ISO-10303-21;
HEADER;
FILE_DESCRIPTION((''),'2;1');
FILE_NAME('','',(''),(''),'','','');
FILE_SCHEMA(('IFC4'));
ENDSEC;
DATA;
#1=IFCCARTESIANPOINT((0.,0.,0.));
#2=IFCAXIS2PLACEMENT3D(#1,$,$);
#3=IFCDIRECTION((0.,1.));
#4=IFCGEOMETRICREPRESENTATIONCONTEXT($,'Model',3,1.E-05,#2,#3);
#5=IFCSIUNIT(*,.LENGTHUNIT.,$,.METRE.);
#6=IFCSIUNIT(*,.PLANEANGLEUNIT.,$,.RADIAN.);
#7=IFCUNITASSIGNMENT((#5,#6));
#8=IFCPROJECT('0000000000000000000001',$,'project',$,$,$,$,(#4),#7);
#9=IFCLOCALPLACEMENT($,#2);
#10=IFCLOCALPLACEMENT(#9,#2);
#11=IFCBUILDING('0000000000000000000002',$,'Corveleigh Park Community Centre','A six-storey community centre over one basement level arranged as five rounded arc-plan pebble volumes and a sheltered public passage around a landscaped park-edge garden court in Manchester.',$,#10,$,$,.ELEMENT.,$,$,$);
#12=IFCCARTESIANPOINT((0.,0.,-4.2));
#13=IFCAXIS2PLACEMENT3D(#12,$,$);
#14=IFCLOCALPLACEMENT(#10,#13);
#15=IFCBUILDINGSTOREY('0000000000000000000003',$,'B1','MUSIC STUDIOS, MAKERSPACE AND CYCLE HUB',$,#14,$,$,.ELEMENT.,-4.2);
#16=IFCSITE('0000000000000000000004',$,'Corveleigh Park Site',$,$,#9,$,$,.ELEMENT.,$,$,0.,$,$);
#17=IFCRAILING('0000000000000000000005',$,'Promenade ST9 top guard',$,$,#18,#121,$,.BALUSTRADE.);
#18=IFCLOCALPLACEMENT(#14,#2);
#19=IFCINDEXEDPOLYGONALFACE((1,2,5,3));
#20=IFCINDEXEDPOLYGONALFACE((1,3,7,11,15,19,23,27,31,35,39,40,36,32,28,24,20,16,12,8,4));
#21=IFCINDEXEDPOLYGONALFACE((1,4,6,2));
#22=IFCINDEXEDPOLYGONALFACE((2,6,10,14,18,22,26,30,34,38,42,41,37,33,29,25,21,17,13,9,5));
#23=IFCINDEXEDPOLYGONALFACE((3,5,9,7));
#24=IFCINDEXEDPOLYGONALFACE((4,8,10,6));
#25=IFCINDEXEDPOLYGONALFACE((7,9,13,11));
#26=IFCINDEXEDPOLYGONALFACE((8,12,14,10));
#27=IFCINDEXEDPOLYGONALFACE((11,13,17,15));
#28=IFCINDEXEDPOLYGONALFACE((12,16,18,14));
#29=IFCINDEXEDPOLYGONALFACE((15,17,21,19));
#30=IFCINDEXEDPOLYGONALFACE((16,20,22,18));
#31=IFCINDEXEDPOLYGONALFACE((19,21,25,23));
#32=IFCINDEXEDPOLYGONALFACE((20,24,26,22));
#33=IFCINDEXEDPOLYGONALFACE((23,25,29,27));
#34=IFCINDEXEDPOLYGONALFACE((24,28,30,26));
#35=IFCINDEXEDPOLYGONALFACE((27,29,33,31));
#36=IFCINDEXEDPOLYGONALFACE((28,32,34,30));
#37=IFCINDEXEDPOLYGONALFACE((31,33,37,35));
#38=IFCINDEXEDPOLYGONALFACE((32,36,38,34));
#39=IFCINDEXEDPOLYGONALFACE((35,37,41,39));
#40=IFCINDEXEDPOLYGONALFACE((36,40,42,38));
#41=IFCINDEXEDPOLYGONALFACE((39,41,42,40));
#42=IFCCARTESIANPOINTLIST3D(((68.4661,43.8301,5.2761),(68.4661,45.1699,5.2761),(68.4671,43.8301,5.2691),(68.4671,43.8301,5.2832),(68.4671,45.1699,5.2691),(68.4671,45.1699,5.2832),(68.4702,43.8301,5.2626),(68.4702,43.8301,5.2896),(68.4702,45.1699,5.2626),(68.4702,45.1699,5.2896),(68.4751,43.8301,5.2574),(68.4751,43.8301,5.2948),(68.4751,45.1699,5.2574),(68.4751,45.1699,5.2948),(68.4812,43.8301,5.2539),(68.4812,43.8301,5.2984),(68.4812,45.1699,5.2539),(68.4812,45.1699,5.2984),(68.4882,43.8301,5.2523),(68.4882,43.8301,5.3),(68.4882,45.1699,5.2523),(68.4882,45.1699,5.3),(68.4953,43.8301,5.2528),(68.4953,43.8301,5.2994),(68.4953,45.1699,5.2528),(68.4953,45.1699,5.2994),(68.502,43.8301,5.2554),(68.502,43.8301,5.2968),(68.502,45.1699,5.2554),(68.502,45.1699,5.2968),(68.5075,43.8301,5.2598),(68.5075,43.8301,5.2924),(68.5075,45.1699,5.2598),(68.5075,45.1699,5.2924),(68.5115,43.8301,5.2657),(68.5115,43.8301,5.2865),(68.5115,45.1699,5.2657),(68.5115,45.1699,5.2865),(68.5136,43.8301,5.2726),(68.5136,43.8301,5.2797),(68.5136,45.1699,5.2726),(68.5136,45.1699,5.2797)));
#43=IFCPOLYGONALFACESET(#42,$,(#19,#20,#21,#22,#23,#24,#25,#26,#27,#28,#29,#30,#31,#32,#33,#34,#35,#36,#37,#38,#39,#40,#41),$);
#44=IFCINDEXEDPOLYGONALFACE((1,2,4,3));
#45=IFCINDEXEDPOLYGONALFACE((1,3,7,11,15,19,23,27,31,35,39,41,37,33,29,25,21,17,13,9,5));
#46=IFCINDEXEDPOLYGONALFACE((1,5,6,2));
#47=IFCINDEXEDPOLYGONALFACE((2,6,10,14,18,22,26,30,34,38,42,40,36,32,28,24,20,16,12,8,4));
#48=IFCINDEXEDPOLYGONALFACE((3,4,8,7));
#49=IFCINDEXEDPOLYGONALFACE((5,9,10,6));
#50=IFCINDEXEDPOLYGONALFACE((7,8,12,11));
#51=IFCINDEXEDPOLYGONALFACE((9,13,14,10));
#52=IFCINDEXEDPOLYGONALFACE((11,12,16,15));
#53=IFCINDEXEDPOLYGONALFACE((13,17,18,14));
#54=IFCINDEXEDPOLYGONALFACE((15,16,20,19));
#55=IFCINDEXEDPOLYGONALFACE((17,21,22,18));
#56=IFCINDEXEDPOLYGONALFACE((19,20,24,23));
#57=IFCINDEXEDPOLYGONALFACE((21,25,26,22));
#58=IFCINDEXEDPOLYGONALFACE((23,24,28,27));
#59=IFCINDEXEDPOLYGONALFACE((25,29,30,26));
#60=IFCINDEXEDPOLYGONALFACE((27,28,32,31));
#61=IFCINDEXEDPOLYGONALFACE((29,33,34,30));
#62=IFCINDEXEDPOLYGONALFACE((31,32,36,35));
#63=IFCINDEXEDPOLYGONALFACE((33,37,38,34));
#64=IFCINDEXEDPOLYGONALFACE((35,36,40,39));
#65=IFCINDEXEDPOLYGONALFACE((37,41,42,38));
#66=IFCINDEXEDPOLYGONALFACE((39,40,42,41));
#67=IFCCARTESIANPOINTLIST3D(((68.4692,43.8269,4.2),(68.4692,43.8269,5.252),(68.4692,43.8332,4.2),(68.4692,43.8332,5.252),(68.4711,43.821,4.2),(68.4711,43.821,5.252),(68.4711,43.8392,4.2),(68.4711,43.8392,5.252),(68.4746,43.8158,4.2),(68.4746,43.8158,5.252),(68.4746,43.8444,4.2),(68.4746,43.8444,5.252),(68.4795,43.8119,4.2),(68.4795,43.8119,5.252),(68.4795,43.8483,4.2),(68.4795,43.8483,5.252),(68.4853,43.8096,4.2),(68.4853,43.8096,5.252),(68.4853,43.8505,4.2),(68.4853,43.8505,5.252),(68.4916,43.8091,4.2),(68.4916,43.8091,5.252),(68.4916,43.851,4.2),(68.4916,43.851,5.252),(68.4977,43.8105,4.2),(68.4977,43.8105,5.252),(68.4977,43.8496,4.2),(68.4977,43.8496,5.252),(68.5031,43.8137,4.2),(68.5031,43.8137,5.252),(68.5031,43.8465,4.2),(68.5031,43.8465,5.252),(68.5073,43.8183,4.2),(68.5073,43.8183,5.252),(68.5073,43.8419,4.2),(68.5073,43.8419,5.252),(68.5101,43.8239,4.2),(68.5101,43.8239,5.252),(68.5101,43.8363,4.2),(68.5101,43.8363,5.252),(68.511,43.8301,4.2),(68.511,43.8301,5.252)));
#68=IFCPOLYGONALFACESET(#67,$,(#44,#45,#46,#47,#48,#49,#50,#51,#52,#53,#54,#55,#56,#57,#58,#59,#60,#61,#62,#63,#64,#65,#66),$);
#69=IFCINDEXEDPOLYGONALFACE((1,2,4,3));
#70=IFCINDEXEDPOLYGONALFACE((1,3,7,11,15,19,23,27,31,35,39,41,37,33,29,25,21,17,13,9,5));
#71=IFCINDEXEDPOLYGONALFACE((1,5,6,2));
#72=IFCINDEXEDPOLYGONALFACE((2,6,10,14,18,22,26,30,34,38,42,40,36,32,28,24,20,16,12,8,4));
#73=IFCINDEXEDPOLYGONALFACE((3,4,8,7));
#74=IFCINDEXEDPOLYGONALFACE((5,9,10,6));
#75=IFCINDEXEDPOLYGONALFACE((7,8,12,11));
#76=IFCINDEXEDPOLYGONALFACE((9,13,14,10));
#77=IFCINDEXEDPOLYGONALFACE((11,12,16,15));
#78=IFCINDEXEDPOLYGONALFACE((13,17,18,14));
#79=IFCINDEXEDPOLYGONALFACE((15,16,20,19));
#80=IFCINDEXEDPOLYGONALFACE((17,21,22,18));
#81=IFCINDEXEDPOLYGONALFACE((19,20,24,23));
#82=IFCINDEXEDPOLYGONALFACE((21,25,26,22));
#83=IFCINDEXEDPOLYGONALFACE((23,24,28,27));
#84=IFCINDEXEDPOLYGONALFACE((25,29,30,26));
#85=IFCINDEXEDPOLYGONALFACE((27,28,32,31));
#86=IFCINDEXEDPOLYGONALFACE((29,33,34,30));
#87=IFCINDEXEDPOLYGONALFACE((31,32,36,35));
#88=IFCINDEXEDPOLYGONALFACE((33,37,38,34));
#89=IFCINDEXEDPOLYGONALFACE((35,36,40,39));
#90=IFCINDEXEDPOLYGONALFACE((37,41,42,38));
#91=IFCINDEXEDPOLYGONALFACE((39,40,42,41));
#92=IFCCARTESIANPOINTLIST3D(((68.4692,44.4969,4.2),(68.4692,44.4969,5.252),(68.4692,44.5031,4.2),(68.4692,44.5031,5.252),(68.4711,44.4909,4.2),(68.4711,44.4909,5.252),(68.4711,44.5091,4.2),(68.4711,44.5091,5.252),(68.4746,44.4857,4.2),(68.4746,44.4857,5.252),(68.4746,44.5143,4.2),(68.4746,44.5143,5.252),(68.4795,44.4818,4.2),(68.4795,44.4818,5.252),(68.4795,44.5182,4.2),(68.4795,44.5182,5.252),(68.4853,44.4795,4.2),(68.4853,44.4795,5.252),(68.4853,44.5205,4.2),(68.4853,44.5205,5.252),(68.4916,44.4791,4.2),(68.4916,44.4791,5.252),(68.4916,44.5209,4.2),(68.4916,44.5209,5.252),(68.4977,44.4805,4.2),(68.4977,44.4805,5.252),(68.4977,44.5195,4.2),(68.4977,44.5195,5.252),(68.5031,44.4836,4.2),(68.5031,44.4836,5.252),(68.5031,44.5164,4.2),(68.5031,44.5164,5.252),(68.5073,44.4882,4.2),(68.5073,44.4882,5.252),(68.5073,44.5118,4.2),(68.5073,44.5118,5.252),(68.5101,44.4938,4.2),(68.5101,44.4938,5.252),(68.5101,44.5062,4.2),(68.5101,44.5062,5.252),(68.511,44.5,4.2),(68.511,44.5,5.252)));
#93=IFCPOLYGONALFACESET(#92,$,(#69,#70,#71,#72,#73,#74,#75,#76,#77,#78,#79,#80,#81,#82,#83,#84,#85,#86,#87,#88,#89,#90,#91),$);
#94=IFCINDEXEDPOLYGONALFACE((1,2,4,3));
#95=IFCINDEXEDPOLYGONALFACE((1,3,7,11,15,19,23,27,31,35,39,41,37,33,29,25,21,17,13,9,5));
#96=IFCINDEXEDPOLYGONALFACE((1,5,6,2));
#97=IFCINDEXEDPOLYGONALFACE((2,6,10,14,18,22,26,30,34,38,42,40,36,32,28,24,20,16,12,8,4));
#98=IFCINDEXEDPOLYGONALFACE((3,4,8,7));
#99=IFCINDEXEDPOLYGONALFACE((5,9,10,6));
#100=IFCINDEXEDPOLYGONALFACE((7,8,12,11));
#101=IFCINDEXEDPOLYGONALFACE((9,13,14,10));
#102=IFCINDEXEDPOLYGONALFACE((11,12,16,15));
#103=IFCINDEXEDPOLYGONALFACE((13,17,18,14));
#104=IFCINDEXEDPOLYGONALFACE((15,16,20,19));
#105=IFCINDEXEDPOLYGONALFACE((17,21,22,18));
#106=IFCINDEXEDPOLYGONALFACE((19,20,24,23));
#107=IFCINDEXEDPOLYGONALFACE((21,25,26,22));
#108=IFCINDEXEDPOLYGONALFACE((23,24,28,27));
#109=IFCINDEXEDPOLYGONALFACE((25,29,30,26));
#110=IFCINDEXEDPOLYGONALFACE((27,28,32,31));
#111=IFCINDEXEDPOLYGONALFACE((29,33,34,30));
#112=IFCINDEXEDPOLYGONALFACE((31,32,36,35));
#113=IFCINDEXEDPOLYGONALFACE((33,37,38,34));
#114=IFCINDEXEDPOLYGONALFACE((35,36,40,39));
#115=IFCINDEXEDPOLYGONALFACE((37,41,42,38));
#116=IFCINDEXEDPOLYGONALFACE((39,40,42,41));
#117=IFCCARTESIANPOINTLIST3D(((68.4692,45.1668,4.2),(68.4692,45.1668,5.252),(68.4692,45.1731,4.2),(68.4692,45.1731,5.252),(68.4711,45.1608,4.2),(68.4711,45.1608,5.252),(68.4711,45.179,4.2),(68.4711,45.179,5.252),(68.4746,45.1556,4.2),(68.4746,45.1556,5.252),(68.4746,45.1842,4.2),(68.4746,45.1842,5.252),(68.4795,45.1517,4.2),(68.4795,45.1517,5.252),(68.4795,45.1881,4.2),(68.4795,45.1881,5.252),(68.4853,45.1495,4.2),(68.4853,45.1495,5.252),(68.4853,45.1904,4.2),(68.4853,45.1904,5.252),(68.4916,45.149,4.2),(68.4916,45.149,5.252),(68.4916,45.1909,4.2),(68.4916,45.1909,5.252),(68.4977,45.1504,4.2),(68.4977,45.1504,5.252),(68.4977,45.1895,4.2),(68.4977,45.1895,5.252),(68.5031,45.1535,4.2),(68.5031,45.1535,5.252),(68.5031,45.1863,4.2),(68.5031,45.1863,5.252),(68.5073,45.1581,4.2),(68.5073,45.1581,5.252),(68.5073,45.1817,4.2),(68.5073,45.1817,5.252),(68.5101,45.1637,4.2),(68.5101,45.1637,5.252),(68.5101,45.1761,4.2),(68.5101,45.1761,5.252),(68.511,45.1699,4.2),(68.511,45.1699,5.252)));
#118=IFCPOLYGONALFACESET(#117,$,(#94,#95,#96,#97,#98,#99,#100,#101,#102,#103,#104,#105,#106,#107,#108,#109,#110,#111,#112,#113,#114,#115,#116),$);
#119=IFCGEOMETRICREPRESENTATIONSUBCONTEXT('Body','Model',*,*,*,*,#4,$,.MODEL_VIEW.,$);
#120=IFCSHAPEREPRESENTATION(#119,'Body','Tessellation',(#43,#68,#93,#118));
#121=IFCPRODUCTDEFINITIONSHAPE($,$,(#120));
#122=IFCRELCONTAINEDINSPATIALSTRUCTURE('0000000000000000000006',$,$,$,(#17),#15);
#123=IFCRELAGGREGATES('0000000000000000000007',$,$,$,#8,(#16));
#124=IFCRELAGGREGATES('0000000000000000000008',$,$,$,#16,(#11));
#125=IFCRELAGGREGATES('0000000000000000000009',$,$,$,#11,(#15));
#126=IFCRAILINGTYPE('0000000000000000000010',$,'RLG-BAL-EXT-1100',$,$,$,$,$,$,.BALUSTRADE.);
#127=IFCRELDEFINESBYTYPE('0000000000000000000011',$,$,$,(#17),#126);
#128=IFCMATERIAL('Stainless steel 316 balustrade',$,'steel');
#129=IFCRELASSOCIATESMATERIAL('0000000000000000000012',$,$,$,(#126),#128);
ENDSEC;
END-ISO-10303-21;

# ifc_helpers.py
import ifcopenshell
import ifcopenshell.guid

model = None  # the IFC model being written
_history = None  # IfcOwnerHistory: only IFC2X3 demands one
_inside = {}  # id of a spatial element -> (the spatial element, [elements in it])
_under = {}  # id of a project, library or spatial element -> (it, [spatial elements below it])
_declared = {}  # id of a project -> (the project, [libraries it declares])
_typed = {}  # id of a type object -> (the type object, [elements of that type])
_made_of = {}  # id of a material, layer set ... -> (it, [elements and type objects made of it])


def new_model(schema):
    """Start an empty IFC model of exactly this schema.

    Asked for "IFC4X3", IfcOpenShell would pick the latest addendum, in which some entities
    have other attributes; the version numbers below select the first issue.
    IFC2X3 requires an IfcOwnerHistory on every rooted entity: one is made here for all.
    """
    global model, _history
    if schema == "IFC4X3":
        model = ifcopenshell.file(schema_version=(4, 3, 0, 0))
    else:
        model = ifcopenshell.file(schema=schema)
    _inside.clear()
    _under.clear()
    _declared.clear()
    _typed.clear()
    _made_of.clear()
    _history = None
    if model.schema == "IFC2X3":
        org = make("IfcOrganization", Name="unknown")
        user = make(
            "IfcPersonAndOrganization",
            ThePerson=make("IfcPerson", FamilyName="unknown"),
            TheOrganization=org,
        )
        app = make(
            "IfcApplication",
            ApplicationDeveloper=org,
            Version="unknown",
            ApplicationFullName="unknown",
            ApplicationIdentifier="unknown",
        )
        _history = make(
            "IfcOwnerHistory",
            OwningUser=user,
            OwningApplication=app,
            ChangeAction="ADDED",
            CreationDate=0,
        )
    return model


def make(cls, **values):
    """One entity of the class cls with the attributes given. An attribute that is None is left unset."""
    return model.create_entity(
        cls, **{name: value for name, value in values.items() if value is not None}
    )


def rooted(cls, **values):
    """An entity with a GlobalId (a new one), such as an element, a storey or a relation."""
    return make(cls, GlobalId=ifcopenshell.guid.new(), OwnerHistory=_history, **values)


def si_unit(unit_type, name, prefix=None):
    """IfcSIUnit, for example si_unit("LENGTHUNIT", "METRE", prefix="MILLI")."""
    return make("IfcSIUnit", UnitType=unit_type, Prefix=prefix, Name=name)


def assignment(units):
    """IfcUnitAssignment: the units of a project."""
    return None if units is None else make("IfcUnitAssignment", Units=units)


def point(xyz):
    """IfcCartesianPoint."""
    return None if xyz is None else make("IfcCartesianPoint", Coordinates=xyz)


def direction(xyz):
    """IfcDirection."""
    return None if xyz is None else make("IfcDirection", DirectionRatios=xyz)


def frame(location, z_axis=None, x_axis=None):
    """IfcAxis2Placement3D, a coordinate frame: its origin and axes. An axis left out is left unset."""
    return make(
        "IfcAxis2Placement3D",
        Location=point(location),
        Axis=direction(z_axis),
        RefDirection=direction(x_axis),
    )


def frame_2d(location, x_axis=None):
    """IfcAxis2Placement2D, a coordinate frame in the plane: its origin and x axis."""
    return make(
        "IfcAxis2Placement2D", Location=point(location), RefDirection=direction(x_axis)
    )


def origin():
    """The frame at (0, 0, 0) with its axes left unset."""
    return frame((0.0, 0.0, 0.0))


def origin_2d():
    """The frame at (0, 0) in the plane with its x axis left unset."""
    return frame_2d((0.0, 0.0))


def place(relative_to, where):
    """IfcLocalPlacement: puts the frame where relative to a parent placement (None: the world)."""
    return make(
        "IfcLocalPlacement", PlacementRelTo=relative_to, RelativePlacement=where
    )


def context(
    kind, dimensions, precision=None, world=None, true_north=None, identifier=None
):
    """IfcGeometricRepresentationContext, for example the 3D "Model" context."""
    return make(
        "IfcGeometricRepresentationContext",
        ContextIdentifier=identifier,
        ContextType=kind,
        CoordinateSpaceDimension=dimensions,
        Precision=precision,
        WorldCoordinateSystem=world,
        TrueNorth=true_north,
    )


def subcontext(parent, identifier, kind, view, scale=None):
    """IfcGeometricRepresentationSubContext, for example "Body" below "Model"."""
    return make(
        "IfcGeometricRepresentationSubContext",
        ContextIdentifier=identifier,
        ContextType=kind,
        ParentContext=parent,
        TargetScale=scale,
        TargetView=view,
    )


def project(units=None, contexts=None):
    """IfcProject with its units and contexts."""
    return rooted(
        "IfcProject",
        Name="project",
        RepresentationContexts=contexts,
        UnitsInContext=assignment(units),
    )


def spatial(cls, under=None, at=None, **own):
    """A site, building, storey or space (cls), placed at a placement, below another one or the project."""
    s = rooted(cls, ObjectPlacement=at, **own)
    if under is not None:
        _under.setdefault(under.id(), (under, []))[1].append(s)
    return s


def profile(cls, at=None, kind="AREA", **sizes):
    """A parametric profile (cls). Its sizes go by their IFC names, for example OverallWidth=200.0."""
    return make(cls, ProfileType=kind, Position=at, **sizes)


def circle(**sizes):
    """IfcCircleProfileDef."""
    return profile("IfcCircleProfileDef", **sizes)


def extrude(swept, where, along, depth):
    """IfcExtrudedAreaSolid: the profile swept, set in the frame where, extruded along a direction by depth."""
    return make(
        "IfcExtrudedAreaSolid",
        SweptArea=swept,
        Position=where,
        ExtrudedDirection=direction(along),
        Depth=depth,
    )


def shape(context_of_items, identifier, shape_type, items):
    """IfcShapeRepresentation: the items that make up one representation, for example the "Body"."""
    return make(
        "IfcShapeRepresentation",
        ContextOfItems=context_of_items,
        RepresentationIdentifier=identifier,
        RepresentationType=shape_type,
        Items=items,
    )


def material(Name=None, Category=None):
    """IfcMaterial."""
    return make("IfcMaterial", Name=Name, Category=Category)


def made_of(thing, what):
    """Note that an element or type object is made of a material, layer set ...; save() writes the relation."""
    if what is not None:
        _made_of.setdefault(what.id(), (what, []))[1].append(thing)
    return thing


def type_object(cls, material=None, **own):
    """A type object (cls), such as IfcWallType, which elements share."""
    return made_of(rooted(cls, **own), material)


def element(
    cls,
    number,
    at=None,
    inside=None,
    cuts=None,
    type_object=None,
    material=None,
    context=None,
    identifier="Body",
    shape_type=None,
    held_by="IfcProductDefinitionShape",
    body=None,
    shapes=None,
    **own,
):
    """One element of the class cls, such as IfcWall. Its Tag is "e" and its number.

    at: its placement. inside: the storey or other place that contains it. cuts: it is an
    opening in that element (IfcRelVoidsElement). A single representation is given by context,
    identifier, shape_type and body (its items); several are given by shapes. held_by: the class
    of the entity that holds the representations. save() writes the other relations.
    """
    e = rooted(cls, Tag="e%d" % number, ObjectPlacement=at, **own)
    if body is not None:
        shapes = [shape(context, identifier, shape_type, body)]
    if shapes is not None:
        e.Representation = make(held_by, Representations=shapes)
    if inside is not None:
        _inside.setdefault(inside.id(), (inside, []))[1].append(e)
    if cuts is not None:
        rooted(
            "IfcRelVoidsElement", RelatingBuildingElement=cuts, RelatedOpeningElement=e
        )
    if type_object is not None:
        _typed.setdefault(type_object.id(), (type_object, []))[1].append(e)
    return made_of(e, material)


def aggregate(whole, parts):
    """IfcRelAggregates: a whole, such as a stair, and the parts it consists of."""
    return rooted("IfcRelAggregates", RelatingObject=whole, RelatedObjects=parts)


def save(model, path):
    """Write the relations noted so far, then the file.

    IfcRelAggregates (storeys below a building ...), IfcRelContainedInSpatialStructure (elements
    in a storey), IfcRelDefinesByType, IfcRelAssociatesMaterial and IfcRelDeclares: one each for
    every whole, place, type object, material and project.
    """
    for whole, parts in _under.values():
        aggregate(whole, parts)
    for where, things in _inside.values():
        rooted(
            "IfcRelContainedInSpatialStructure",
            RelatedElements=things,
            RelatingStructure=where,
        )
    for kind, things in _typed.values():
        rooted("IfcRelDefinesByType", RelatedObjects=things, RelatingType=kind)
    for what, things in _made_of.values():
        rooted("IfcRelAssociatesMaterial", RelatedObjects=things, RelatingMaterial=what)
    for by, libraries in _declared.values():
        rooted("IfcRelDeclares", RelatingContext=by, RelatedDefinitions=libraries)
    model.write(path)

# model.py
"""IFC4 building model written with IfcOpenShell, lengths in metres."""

from ifc_helpers import new_model, si_unit, direction, frame, origin, origin_2d, place, context, subcontext, project, spatial, circle, extrude, material, type_object, element, save


model = new_model("IFC4")

# Units and contexts
model_context = context("Model", 3, precision=1e-05, world=origin(), true_north=direction((0.0, 1.0)))
body_context = subcontext(model_context, "Body", "Model", "MODEL_VIEW")
ifc_project = project(units=[si_unit("LENGTHUNIT", "METRE"), si_unit("PLANEANGLEUNIT", "RADIAN")], contexts=[model_context])

# Site, building, storey
site_placement = place(None, origin())
site = spatial("IfcSite", under=ifc_project, at=site_placement, Name="Corveleigh Park Site", CompositionType="ELEMENT", RefElevation=0.0)
building_placement = place(site_placement, origin())
building = spatial("IfcBuilding", under=site, at=building_placement, Name="Corveleigh Park Community Centre", Description="A six-storey community centre over one basement level arranged as five rounded arc-plan pebble volumes and a sheltered public passage around a landscaped park-edge garden court in Manchester.", CompositionType="ELEMENT")
storey_placement = place(building_placement, frame((0.0, 0.0, -4.2)))
storey = spatial("IfcBuildingStorey", under=building, at=storey_placement, Name="B1", Description="MUSIC STUDIOS, MAKERSPACE AND CYCLE HUB", CompositionType="ELEMENT", Elevation=-4.2)

# Railing
ifc_material_1 = material(Name="Stainless steel 316 balustrade", Category="steel")
railing_type = type_object("IfcRailingType", Name="RLG-BAL-EXT-1100", PredefinedType="BALUSTRADE", material=ifc_material_1)
railing_placement = place(storey_placement, frame((68.49, 43.8301, 4.2)))
element("IfcRailing", 1, at=railing_placement, inside=storey, type_object=railing_type, Name="Promenade ST9 top guard", PredefinedType="BALUSTRADE", context=body_context, shape_type="SweptSolid", body=[
    extrude(circle(Radius=0.0239, at=origin_2d()), frame((0.0, 0.0, 1.0762), z_axis=(0.0, 1.0, 0.0), x_axis=(-1.0, 0.0, 0.0)), (0.0, 0.0, 1.0), 1.3398),
    extrude(circle(Radius=0.021, at=origin_2d()), origin(), (0.0, 0.0, 1.0), 1.052),
    extrude(circle(Radius=0.021, at=origin_2d()), frame((0.0, 0.6699, 0.0)), (0.0, 0.0, 1.0), 1.052),
    extrude(circle(Radius=0.021, at=origin_2d()), frame((0.0, 1.3398, 0.0)), (0.0, 0.0, 1.0), 1.052),
])

save(model, "model.ifc")
